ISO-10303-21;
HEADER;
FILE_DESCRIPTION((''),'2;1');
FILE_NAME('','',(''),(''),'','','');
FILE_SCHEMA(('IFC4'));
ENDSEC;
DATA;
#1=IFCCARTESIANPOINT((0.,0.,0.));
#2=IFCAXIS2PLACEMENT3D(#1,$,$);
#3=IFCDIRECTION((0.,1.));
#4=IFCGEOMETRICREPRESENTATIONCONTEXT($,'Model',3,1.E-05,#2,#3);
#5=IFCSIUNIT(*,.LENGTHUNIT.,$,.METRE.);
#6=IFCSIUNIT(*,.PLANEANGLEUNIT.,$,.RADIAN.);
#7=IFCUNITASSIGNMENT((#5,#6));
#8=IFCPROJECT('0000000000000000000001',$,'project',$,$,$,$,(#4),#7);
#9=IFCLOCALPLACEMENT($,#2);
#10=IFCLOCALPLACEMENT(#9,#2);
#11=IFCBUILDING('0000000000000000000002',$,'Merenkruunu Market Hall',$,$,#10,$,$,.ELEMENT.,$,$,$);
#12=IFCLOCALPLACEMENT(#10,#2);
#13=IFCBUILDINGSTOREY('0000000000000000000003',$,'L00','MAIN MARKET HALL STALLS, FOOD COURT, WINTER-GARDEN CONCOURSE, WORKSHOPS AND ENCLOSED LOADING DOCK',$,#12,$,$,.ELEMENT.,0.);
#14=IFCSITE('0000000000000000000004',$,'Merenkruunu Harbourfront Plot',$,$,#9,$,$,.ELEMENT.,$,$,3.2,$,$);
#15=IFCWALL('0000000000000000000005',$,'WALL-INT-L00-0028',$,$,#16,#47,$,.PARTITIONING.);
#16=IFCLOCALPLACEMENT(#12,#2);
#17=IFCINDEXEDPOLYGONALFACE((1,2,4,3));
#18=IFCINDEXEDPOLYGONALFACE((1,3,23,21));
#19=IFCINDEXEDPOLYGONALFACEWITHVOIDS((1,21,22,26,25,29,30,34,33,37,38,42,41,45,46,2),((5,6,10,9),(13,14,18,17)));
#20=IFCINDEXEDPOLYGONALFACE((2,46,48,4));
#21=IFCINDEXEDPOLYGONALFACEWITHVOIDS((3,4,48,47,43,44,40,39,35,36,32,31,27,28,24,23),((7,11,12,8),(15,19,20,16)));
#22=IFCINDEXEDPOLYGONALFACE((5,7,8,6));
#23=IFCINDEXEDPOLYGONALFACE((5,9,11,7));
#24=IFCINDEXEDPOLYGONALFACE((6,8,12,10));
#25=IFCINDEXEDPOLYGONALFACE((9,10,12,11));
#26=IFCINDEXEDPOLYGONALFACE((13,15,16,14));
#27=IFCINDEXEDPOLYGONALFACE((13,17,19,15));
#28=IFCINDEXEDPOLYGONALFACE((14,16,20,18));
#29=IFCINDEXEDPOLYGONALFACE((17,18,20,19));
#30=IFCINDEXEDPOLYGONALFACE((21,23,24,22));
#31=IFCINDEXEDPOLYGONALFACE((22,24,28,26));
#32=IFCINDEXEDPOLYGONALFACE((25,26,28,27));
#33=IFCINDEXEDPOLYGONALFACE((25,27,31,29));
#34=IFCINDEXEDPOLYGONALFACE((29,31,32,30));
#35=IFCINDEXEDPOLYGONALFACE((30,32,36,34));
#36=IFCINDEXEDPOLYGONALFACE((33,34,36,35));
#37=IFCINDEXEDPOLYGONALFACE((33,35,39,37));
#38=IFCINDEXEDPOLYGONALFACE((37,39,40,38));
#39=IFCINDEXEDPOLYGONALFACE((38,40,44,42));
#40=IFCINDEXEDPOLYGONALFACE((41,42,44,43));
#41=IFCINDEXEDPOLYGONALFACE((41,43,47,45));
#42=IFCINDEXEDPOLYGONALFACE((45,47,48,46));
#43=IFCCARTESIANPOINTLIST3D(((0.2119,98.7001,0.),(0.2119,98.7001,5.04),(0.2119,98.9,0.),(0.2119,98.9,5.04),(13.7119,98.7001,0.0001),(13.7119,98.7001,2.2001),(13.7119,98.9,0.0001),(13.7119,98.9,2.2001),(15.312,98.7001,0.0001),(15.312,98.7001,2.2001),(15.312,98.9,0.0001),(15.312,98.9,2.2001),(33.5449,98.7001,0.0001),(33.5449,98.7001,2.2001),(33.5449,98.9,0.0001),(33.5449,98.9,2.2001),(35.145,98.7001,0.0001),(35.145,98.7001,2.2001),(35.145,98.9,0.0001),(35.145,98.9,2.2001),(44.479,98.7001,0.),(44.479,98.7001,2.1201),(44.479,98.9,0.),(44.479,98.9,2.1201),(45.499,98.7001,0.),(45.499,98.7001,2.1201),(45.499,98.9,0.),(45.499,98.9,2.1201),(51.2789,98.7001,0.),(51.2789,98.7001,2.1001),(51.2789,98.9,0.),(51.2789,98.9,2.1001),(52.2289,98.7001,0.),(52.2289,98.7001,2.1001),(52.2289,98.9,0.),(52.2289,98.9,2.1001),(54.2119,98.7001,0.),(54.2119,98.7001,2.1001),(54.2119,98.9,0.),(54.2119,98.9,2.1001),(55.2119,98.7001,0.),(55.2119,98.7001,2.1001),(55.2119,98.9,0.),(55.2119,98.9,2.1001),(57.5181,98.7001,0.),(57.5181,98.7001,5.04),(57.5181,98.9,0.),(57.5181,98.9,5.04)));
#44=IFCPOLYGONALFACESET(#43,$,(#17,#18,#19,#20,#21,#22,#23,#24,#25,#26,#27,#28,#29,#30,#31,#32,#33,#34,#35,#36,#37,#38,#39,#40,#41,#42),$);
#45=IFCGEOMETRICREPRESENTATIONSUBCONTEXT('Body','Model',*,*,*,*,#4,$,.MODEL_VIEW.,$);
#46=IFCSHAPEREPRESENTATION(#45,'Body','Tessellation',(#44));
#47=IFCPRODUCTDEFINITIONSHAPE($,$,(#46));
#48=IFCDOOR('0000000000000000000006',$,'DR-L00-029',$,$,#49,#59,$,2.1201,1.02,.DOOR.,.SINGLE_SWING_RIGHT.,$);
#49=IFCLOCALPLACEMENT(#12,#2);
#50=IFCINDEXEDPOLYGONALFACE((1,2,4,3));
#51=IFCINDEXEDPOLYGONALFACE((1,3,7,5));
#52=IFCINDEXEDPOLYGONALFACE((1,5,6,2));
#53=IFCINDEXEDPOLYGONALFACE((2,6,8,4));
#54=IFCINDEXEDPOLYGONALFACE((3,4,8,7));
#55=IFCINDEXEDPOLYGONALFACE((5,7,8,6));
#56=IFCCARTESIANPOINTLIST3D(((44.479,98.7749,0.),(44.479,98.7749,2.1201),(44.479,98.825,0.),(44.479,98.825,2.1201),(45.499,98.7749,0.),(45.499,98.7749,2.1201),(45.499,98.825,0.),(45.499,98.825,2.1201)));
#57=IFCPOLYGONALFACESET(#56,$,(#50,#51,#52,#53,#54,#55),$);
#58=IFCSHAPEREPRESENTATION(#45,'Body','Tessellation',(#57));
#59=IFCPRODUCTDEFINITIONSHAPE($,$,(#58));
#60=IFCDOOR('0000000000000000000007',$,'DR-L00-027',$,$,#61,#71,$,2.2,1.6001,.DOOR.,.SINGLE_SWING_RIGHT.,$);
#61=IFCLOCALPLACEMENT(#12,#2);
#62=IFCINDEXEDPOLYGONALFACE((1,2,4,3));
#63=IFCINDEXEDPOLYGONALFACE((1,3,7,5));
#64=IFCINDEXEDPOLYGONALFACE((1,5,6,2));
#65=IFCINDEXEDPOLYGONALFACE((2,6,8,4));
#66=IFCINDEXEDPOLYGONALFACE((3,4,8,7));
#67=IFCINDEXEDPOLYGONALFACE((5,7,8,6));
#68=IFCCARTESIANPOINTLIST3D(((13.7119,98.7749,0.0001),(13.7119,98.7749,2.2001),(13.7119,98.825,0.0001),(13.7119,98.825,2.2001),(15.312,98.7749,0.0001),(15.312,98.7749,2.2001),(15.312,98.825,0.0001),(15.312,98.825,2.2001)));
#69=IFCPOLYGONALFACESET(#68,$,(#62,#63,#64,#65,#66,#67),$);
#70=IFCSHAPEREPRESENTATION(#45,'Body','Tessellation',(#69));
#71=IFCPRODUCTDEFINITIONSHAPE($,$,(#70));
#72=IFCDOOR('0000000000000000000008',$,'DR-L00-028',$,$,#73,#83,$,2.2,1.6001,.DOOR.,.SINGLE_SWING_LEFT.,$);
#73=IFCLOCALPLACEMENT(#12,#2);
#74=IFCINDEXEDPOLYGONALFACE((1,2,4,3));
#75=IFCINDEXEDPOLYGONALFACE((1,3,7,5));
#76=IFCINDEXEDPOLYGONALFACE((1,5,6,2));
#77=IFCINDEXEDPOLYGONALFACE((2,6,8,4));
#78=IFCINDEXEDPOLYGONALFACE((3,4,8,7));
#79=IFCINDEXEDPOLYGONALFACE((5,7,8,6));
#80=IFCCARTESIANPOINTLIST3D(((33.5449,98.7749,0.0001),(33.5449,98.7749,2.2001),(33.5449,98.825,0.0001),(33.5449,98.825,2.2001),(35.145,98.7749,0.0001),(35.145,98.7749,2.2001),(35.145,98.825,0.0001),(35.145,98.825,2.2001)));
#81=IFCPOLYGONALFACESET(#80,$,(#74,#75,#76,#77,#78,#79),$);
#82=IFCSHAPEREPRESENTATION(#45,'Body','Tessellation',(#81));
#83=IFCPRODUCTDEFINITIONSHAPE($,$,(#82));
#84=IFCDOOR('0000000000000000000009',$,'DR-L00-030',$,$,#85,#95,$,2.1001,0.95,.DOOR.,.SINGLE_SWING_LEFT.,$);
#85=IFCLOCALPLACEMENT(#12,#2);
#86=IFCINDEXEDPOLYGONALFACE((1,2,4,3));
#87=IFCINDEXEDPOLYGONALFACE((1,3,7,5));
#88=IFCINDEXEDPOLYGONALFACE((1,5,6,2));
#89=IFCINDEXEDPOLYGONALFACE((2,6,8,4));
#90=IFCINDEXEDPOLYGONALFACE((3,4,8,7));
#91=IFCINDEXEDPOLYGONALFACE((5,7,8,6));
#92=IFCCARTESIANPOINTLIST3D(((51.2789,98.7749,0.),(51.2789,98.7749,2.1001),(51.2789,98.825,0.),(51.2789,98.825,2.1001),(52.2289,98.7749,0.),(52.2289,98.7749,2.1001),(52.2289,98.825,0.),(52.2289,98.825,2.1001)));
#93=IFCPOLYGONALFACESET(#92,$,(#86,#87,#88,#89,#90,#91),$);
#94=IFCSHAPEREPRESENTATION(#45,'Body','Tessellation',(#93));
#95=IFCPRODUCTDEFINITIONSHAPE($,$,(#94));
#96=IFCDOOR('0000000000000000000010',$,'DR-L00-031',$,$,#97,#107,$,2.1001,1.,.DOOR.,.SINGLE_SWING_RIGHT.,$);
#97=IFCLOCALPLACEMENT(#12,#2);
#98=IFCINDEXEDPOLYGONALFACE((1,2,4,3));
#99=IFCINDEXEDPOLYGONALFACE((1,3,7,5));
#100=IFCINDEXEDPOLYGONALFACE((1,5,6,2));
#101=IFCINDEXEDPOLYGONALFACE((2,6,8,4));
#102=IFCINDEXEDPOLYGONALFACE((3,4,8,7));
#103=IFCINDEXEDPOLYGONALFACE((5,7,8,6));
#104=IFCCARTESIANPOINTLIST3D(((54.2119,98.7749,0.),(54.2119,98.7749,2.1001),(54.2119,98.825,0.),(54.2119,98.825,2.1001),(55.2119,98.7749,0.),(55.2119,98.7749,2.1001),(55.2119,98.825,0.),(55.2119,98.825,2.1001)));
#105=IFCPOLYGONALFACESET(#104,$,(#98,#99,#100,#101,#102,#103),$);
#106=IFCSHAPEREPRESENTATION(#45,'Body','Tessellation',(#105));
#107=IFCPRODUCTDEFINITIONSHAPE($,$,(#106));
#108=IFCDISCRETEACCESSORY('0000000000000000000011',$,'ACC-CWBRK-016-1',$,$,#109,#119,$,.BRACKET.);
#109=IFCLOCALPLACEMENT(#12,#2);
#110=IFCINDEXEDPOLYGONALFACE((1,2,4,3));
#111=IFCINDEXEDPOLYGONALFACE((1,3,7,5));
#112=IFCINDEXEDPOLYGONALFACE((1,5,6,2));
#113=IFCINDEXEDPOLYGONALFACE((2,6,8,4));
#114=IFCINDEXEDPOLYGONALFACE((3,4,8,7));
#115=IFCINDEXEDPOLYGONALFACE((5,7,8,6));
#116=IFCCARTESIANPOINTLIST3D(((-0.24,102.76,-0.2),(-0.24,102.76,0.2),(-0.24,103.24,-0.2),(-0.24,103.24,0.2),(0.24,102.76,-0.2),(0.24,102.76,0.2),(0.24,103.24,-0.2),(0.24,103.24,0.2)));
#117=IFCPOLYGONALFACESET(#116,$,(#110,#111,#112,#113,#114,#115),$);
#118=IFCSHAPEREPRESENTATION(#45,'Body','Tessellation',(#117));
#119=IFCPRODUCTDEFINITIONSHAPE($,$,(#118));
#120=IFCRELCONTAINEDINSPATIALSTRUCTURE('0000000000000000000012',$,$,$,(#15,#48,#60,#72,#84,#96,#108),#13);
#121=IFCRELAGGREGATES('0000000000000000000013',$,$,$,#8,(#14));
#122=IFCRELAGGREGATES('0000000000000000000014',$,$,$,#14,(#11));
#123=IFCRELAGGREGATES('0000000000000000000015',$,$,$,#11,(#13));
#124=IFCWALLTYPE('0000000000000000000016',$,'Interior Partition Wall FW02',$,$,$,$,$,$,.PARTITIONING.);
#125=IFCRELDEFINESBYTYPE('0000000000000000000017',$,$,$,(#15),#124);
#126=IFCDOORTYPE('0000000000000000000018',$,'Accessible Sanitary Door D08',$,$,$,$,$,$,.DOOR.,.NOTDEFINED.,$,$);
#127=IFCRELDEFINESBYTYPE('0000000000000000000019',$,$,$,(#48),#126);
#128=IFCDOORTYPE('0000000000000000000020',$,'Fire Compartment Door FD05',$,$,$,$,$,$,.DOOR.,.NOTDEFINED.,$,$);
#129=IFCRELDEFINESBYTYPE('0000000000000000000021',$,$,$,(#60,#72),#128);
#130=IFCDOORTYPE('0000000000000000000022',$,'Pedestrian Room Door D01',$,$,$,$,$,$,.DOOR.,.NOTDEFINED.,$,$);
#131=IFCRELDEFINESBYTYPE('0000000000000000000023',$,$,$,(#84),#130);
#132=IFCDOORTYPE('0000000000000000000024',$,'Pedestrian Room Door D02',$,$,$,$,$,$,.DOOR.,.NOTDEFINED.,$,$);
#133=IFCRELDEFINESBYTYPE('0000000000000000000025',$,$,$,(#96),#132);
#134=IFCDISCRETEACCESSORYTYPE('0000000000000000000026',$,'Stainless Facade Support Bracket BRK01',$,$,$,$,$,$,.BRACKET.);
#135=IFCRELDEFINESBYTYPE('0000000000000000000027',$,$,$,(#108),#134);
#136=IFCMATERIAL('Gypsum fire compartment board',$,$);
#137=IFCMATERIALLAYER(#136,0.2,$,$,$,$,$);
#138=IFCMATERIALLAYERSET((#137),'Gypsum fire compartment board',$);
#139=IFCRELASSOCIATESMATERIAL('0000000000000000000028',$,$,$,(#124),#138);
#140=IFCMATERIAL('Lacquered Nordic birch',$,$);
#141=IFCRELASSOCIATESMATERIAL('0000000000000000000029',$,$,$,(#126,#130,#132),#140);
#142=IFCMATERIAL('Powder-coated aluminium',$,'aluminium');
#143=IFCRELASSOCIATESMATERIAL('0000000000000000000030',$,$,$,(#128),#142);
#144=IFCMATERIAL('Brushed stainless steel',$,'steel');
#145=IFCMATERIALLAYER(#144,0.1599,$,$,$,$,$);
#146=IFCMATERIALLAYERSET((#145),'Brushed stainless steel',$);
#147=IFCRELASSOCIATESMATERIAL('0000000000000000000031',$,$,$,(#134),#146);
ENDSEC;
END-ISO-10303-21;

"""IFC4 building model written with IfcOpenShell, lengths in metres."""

from ifc_helpers import new_model, si_unit, direction, frame, frame_2d, origin, origin_2d, place, context, subcontext, project, spatial, rectangle, extrude, material, layer, layer_set, type_object, element, fill, save


model = new_model("IFC4")

# Units and contexts
model_context = context("Model", 3, precision=1e-05, world=origin(), true_north=direction((0.0, 1.0)))
body_context = subcontext(model_context, "Body", "Model", "MODEL_VIEW")
ifc_project = project(units=[si_unit("LENGTHUNIT", "METRE"), si_unit("PLANEANGLEUNIT", "RADIAN")], contexts=[model_context])

# Site, building, storey
site_placement = place(None, origin())
site = spatial("IfcSite", under=ifc_project, at=site_placement, Name="Merenkruunu Harbourfront Plot", CompositionType="ELEMENT", RefElevation=3.2)
building_placement = place(site_placement, origin())
building = spatial("IfcBuilding", under=site, at=building_placement, Name="Merenkruunu Market Hall", CompositionType="ELEMENT")
storey_placement = place(building_placement, origin())
storey = spatial("IfcBuildingStorey", under=building, at=storey_placement, Name="L00", Description="MAIN MARKET HALL STALLS, FOOD COURT, WINTER-GARDEN CONCOURSE, WORKSHOPS AND ENCLOSED LOADING DOCK", CompositionType="ELEMENT", Elevation=0.0)

# Shared definitions
ifc_material_1 = material(Name="Powder-coated aluminium", Category="aluminium")

# Wall, openings, doors
ifc_material_2 = material(Name="Gypsum fire compartment board")
ifc_layer_1 = layer(ifc_material_2, 0.2)
ifc_layer_set_1 = layer_set([ifc_layer_1], Name="Gypsum fire compartment board")
wall_type_1 = type_object("IfcWallType", Name="Interior Partition Wall FW02", PredefinedType="PARTITIONING", material=ifc_layer_set_1)
wall_1_placement = place(storey_placement, frame((0.2119, 98.8, 0.0), z_axis=(0.0, 0.0, 1.0), x_axis=(1.0, 0.0, 0.0)))
wall_1 = element("IfcWall", 1, at=wall_1_placement, inside=storey, type_object=wall_type_1, Name="WALL-INT-L00-0028", PredefinedType="PARTITIONING", context=body_context, shape_type="SweptSolid", body=[
    extrude(rectangle(XDim=57.3062, YDim=0.2, at=frame_2d((28.6531, 0.0))), origin(), (0.0, 0.0, 1.0), 5.04),
])
opening_1_placement = place(wall_1_placement, frame((13.5, 0.0, 0.0)))
opening_1 = element("IfcOpeningElement", 2, at=opening_1_placement, cuts=wall_1, PredefinedType="OPENING", context=body_context, shape_type="SweptSolid", body=[
    extrude(rectangle(XDim=1.6001, YDim=2.2, at=frame_2d((0.8, 1.1001))), frame((0.0, 0.1099, 0.0), z_axis=(0.0, -1.0, 0.0), x_axis=(1.0, 0.0, 0.0)), (0.0, 0.0, 1.0), 0.22),
])
opening_2_placement = place(wall_1_placement, frame((33.333, 0.0, 0.0)))
opening_2 = element("IfcOpeningElement", 3, at=opening_2_placement, cuts=wall_1, PredefinedType="OPENING", context=body_context, shape_type="SweptSolid", body=[
    extrude(rectangle(XDim=1.6001, YDim=2.2, at=frame_2d((0.8, 1.1001))), frame((0.0, 0.1099, 0.0), z_axis=(0.0, -1.0, 0.0), x_axis=(1.0, 0.0, 0.0)), (0.0, 0.0, 1.0), 0.22),
])
opening_3_placement = place(wall_1_placement, frame((44.2671, 0.0, 0.0)))
opening_3 = element("IfcOpeningElement", 4, at=opening_3_placement, cuts=wall_1, PredefinedType="OPENING", context=body_context, shape_type="SweptSolid", body=[
    extrude(rectangle(XDim=1.02, YDim=2.1201, at=frame_2d((0.51, 1.0601))), frame((0.0, 0.1099, 0.0), z_axis=(0.0, -1.0, 0.0), x_axis=(1.0, 0.0, 0.0)), (0.0, 0.0, 1.0), 0.22),
])
opening_4_placement = place(wall_1_placement, frame((51.0669, 0.0, 0.0)))
opening_4 = element("IfcOpeningElement", 5, at=opening_4_placement, cuts=wall_1, PredefinedType="OPENING", context=body_context, shape_type="SweptSolid", body=[
    extrude(rectangle(XDim=0.95, YDim=2.1001, at=frame_2d((0.4751, 1.05))), frame((0.0, 0.1099, 0.0), z_axis=(0.0, -1.0, 0.0), x_axis=(1.0, 0.0, 0.0)), (0.0, 0.0, 1.0), 0.22),
])
opening_5_placement = place(wall_1_placement, frame((54.0, 0.0, 0.0)))
opening_5 = element("IfcOpeningElement", 6, at=opening_5_placement, cuts=wall_1, PredefinedType="OPENING", context=body_context, shape_type="SweptSolid", body=[
    extrude(rectangle(XDim=1.0, YDim=2.1001, at=frame_2d((0.5, 1.05))), frame((0.0, 0.1099, 0.0), z_axis=(0.0, -1.0, 0.0), x_axis=(1.0, 0.0, 0.0)), (0.0, 0.0, 1.0), 0.22),
])
ifc_material_3 = material(Name="Lacquered Nordic birch")
door_type_1 = type_object("IfcDoorType", Name="Accessible Sanitary Door D08", OperationType="NOTDEFINED", PredefinedType="DOOR", material=ifc_material_3)
door_1_placement = place(opening_3_placement, origin())
door_1 = element("IfcDoor", 7, at=door_1_placement, inside=storey, type_object=door_type_1, Name="DR-L00-029", OperationType="SINGLE_SWING_RIGHT", OverallHeight=2.1201, OverallWidth=1.02, PredefinedType="DOOR", context=body_context, shape_type="SweptSolid", body=[
    extrude(rectangle(XDim=1.02, YDim=2.1201, at=frame_2d((0.51, 1.0601))), frame((0.0, 0.0249, 0.0), z_axis=(0.0, -1.0, 0.0), x_axis=(1.0, 0.0, 0.0)), (0.0, 0.0, 1.0), 0.05),
])
fill(opening_3, door_1)
door_type_2 = type_object("IfcDoorType", Name="Fire Compartment Door FD05", OperationType="NOTDEFINED", PredefinedType="DOOR", material=ifc_material_1)
door_2_placement = place(opening_1_placement, origin())
door_2 = element("IfcDoor", 8, at=door_2_placement, inside=storey, type_object=door_type_2, Name="DR-L00-027", OperationType="SINGLE_SWING_RIGHT", OverallHeight=2.2, OverallWidth=1.6001, PredefinedType="DOOR", context=body_context, shape_type="SweptSolid", body=[
    extrude(rectangle(XDim=1.6001, YDim=2.2, at=frame_2d((0.8, 1.1001))), frame((0.0, 0.0249, 0.0), z_axis=(0.0, -1.0, 0.0), x_axis=(1.0, 0.0, 0.0)), (0.0, 0.0, 1.0), 0.05),
])
fill(opening_1, door_2)
door_3_placement = place(opening_2_placement, origin())
door_3 = element("IfcDoor", 9, at=door_3_placement, inside=storey, type_object=door_type_2, Name="DR-L00-028", OperationType="SINGLE_SWING_LEFT", OverallHeight=2.2, OverallWidth=1.6001, PredefinedType="DOOR", context=body_context, shape_type="SweptSolid", body=[
    extrude(rectangle(XDim=1.6001, YDim=2.2, at=frame_2d((0.8, 1.1001))), frame((0.0, 0.0249, 0.0), z_axis=(0.0, -1.0, 0.0), x_axis=(1.0, 0.0, 0.0)), (0.0, 0.0, 1.0), 0.05),
])
fill(opening_2, door_3)
door_type_3 = type_object("IfcDoorType", Name="Pedestrian Room Door D01", OperationType="NOTDEFINED", PredefinedType="DOOR", material=ifc_material_3)
door_4_placement = place(opening_4_placement, origin())
door_4 = element("IfcDoor", 10, at=door_4_placement, inside=storey, type_object=door_type_3, Name="DR-L00-030", OperationType="SINGLE_SWING_LEFT", OverallHeight=2.1001, OverallWidth=0.95, PredefinedType="DOOR", context=body_context, shape_type="SweptSolid", body=[
    extrude(rectangle(XDim=0.95, YDim=2.1001, at=frame_2d((0.4751, 1.05))), frame((0.0, 0.0249, 0.0), z_axis=(0.0, -1.0, 0.0), x_axis=(1.0, 0.0, 0.0)), (0.0, 0.0, 1.0), 0.05),
])
fill(opening_4, door_4)
door_type_4 = type_object("IfcDoorType", Name="Pedestrian Room Door D02", OperationType="NOTDEFINED", PredefinedType="DOOR", material=ifc_material_3)
door_5_placement = place(opening_5_placement, origin())
door_5 = element("IfcDoor", 11, at=door_5_placement, inside=storey, type_object=door_type_4, Name="DR-L00-031", OperationType="SINGLE_SWING_RIGHT", OverallHeight=2.1001, OverallWidth=1.0, PredefinedType="DOOR", context=body_context, shape_type="SweptSolid", body=[
    extrude(rectangle(XDim=1.0, YDim=2.1001, at=frame_2d((0.5, 1.05))), frame((0.0, 0.0249, 0.0), z_axis=(0.0, -1.0, 0.0), x_axis=(1.0, 0.0, 0.0)), (0.0, 0.0, 1.0), 0.05),
])
fill(opening_5, door_5)

# Discrete accessory
ifc_material_4 = material(Name="Brushed stainless steel", Category="steel")
ifc_layer_2 = layer(ifc_material_4, 0.1599)
ifc_layer_set_2 = layer_set([ifc_layer_2], Name="Brushed stainless steel")
discrete_accessory_type = type_object("IfcDiscreteAccessoryType", Name="Stainless Facade Support Bracket BRK01", PredefinedType="BRACKET", material=ifc_layer_set_2)
discrete_accessory_placement = place(storey_placement, frame((0.0, 103.0, -0.2), z_axis=(0.0, 0.0, 1.0), x_axis=(1.0, 0.0, 0.0)))
element("IfcDiscreteAccessory", 12, at=discrete_accessory_placement, inside=storey, type_object=discrete_accessory_type, Name="ACC-CWBRK-016-1", PredefinedType="BRACKET", context=body_context, shape_type="SweptSolid", body=[
    extrude(rectangle(XDim=0.48, YDim=0.48, at=origin_2d()), origin(), (0.0, 0.0, 1.0), 0.3999),
])

save(model, "model.ifc")
